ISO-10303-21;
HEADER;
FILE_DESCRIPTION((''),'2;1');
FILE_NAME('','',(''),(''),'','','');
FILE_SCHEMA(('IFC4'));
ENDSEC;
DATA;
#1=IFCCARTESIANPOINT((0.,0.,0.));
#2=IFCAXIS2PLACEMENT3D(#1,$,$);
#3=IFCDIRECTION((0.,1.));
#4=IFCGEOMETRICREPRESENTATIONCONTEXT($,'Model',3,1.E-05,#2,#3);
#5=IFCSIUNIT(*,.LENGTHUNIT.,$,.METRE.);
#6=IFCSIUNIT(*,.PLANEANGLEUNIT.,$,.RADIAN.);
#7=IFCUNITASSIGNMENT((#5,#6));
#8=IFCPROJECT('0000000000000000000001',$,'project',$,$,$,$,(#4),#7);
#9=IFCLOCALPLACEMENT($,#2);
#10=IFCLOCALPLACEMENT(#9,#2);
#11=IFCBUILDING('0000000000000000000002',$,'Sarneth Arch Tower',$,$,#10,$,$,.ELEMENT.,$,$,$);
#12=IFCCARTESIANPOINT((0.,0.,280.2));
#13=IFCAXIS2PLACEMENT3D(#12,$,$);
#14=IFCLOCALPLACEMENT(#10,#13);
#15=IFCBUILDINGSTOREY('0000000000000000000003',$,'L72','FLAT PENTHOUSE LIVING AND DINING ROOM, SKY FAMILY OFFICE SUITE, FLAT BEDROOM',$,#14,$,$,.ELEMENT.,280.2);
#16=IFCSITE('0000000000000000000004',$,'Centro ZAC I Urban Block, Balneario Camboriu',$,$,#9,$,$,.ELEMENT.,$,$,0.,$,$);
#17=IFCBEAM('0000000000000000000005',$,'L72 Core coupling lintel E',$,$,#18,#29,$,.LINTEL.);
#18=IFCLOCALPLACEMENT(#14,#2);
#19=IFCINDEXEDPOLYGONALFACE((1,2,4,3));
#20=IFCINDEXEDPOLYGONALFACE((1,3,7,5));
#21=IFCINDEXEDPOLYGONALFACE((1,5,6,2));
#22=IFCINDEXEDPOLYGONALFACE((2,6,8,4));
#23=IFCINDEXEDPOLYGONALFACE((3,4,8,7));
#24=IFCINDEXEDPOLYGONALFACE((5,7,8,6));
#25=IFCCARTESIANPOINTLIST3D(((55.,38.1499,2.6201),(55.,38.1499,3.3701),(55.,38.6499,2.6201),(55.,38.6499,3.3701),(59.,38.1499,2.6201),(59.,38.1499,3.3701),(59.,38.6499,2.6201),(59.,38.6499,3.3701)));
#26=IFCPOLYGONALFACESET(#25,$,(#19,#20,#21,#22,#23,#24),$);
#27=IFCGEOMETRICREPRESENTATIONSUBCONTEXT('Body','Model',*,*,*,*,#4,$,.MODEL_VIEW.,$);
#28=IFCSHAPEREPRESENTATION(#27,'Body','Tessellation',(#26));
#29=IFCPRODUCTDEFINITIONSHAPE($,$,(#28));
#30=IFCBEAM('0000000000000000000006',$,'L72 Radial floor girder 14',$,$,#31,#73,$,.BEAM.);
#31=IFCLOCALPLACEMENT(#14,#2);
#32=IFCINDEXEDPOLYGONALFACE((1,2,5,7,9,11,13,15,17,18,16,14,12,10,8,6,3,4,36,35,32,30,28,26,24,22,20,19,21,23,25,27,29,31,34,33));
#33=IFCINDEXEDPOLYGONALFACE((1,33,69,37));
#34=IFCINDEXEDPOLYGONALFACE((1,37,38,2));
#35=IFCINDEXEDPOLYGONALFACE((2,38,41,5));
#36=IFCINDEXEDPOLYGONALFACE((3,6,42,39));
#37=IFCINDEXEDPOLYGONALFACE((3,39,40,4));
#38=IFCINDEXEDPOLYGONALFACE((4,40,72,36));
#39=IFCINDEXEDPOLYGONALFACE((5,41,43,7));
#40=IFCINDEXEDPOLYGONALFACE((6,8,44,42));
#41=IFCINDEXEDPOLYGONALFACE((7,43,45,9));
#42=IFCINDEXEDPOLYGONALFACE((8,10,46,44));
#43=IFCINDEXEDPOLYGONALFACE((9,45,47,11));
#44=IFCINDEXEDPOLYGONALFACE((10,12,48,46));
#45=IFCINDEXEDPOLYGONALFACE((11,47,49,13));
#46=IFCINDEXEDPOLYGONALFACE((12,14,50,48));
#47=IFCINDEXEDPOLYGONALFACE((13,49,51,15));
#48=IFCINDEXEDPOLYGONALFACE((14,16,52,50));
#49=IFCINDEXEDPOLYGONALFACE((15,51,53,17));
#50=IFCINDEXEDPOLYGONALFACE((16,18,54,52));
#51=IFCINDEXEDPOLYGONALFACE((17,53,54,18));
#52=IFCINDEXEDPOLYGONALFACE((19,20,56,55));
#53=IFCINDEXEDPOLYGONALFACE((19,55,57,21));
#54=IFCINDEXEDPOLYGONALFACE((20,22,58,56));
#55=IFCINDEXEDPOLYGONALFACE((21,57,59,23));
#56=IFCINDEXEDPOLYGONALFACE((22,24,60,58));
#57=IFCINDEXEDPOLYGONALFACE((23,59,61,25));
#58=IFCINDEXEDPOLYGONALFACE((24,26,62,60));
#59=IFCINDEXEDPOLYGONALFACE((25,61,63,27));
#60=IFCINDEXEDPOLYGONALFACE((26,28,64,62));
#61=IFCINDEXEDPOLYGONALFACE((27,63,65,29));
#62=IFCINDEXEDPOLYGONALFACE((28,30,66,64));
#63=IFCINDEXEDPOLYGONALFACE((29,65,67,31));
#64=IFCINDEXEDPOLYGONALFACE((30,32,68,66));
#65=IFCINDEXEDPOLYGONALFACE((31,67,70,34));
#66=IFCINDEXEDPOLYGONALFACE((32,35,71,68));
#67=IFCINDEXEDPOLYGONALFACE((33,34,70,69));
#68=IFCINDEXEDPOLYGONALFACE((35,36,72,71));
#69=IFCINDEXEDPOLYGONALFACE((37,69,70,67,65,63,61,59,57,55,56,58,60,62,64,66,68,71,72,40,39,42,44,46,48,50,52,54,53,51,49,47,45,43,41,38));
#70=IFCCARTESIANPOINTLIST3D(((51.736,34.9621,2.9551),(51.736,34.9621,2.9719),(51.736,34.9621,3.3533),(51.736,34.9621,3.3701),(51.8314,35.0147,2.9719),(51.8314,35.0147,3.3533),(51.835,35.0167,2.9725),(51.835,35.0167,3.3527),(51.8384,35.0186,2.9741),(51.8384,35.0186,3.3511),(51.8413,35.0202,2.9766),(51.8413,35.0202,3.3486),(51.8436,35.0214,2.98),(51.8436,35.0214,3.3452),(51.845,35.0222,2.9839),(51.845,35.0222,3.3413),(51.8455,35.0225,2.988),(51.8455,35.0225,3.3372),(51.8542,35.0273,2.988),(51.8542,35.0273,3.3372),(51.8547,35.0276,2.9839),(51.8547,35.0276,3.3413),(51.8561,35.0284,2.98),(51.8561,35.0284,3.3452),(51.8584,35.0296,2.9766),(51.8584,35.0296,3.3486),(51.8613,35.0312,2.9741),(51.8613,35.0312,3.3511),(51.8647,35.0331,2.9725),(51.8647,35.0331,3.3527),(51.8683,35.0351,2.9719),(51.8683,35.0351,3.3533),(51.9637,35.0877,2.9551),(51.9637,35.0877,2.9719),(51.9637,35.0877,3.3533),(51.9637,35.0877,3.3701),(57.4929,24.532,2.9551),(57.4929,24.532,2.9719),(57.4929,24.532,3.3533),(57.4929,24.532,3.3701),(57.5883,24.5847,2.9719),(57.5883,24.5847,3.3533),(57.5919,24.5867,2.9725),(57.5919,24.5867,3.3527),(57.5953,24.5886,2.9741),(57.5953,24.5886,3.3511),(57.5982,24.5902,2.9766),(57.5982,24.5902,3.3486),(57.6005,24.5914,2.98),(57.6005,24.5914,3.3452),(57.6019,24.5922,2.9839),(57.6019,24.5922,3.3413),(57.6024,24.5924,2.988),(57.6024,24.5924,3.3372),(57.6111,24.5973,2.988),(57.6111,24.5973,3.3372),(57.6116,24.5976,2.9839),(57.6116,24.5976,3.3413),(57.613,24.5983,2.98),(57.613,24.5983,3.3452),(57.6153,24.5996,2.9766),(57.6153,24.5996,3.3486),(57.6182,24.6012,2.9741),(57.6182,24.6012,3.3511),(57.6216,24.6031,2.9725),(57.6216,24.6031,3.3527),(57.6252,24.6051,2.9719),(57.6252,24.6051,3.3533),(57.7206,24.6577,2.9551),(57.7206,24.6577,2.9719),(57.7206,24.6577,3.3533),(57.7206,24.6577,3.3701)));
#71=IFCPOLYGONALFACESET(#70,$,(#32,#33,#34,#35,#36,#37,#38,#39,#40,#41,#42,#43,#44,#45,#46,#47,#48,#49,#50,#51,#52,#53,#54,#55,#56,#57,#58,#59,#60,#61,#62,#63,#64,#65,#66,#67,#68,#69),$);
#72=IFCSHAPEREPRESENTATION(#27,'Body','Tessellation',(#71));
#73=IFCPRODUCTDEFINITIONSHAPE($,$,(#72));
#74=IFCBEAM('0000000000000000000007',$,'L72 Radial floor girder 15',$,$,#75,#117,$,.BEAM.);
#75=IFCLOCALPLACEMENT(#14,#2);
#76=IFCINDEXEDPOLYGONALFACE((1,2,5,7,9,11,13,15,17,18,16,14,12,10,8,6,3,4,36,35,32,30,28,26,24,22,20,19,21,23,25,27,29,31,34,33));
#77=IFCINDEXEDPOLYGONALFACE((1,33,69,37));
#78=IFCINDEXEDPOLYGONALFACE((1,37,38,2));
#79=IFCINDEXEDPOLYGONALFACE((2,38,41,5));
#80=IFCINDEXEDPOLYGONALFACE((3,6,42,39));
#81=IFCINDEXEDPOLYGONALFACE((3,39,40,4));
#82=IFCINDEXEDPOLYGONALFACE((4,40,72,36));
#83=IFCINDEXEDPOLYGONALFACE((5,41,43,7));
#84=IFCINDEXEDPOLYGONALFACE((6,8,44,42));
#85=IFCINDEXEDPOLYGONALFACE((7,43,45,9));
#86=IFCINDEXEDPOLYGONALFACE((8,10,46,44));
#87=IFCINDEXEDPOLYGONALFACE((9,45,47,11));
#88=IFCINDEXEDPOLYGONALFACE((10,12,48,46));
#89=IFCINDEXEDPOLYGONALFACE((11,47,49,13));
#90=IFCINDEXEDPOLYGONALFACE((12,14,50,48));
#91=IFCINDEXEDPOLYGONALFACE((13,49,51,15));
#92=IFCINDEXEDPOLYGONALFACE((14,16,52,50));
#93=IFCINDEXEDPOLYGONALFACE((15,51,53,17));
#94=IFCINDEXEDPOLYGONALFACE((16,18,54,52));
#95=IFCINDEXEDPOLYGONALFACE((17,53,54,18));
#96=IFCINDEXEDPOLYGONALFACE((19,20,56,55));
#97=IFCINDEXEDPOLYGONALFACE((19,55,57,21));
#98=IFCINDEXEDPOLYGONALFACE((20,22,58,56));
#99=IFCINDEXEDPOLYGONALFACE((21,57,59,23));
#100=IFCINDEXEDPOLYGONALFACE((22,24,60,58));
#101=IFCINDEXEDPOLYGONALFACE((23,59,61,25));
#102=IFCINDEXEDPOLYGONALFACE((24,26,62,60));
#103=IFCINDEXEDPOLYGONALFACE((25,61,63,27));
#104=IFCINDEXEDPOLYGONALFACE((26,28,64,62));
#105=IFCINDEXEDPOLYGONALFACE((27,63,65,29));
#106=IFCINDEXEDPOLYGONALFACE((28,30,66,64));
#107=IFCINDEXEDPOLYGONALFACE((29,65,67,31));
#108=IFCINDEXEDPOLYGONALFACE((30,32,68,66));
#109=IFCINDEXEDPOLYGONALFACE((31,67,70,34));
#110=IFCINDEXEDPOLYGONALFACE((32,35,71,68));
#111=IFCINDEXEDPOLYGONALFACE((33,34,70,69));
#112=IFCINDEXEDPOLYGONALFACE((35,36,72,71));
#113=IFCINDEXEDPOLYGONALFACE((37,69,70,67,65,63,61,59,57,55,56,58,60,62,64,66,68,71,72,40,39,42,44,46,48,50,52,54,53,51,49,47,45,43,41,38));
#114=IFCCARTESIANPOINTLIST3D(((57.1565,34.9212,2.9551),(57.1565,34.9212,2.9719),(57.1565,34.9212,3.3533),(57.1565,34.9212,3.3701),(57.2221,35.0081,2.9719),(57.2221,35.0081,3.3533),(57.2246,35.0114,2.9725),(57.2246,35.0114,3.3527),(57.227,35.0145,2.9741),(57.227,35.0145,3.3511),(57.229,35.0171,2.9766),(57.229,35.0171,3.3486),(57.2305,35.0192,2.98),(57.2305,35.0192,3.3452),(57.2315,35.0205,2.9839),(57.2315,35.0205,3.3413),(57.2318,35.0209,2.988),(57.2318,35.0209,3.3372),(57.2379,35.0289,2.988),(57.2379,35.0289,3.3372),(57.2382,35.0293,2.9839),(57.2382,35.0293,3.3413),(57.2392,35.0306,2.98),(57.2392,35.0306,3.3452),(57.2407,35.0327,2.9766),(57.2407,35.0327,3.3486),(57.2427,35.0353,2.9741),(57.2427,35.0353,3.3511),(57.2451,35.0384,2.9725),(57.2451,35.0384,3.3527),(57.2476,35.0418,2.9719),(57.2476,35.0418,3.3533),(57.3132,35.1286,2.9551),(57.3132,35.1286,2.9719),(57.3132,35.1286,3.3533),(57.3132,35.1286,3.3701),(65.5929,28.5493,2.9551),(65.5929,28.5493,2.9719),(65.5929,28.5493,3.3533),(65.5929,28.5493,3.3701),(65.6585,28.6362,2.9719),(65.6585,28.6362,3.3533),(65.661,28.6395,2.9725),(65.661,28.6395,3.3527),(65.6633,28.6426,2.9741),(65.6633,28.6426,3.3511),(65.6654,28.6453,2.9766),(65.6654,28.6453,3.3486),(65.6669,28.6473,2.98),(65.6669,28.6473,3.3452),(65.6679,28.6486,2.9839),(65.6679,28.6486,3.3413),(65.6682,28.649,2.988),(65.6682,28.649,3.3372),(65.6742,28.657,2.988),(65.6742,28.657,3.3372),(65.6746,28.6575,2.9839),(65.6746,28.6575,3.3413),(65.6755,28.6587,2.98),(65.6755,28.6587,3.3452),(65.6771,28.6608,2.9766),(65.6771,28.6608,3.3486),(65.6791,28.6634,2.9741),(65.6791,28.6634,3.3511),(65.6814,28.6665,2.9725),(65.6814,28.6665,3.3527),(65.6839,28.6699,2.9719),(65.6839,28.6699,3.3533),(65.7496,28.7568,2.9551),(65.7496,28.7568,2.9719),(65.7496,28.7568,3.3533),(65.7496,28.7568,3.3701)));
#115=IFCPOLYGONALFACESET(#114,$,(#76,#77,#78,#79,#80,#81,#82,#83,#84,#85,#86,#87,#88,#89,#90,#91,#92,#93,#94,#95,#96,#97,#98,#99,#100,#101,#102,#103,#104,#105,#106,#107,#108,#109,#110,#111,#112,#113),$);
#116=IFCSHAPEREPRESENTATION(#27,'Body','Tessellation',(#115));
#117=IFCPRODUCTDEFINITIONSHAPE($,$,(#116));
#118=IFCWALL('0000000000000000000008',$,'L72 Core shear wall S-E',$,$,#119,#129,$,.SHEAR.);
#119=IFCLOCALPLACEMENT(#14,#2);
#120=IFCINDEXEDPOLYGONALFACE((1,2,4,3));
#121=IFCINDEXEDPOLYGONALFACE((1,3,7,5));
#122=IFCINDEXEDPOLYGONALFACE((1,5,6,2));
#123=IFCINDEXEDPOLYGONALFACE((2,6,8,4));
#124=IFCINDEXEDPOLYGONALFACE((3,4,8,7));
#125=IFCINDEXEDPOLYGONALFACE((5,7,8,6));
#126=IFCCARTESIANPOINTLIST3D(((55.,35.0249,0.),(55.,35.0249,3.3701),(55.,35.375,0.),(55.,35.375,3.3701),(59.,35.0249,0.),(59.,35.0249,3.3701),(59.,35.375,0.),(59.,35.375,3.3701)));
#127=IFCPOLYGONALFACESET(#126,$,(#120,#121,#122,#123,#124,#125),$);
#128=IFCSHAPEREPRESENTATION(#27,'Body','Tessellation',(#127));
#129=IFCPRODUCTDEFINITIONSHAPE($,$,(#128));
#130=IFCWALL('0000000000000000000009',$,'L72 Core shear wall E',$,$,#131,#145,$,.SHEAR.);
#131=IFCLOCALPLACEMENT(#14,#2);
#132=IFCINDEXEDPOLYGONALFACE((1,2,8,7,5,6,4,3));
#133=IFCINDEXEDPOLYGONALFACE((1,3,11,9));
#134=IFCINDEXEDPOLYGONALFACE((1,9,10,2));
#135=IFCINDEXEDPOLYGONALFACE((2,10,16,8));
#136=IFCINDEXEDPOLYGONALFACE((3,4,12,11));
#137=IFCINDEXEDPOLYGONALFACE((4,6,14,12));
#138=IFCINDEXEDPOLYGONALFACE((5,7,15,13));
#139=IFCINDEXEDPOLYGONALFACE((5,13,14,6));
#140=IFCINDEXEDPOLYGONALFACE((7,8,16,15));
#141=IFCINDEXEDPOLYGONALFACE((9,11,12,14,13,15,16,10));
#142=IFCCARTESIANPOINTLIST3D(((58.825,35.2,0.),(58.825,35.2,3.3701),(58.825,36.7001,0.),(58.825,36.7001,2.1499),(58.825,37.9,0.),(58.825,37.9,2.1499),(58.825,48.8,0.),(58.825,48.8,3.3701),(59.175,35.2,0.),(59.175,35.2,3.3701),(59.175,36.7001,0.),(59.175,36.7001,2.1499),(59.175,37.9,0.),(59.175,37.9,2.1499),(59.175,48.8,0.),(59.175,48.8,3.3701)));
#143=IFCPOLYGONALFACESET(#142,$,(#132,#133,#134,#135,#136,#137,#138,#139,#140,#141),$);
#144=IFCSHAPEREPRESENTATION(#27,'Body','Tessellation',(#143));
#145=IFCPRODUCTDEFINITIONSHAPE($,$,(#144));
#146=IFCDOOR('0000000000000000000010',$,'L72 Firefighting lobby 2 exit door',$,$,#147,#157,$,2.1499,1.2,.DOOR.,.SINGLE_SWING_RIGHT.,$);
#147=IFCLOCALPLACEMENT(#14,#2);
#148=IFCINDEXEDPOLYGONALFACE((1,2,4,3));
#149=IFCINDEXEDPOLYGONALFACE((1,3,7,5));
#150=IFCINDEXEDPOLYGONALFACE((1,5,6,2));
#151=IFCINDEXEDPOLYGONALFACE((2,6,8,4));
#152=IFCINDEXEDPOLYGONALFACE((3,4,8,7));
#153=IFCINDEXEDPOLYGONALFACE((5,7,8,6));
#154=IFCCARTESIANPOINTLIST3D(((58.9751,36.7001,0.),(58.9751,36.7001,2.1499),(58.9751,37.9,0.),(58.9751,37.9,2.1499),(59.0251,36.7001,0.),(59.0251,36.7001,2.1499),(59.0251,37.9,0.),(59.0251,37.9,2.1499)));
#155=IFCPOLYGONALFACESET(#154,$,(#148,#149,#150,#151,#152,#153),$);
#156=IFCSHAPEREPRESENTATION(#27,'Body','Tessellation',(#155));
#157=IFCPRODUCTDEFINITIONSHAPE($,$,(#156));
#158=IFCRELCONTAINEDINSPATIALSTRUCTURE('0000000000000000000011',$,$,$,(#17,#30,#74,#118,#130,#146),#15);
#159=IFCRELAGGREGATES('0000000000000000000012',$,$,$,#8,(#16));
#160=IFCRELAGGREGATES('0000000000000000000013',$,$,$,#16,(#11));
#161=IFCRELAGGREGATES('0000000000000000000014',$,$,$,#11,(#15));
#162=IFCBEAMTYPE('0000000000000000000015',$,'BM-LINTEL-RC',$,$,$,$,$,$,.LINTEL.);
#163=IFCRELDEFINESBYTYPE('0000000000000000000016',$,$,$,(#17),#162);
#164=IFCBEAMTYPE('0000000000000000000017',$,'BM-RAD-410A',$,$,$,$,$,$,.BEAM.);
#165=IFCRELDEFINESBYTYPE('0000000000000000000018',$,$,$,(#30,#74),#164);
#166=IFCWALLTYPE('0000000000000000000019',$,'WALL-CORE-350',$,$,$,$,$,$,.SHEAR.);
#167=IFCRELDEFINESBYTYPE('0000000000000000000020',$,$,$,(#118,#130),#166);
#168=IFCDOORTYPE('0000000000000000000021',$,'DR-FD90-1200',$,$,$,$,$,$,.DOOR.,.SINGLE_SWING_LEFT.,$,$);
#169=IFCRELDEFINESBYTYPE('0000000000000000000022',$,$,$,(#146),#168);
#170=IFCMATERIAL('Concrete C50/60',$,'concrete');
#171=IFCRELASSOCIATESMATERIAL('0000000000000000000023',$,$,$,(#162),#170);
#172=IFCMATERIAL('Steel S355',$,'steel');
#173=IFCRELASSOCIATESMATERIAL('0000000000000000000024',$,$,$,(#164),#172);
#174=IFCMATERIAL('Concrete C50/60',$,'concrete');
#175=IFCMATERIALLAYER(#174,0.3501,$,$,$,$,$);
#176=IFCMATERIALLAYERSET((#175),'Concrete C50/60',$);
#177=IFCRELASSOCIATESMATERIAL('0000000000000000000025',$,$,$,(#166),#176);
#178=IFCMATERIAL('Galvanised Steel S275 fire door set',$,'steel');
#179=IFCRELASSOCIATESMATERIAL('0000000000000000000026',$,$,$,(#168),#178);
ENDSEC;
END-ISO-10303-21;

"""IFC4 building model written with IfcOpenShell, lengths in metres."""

from ifc_helpers import new_model, si_unit, direction, frame, frame_2d, origin, origin_2d, place, context, subcontext, project, spatial, rectangle, i_section, extrude, material, layer, layer_set, material_profile, profile_set, type_object, element, fill, save


model = new_model("IFC4")

# Units and contexts
model_context = context("Model", 3, precision=1e-05, world=origin(), true_north=direction((0.0, 1.0)))
body_context = subcontext(model_context, "Body", "Model", "MODEL_VIEW")
ifc_project = project(units=[si_unit("LENGTHUNIT", "METRE"), si_unit("PLANEANGLEUNIT", "RADIAN")], contexts=[model_context])

# Site, building, storey
site_placement = place(None, origin())
site = spatial("IfcSite", under=ifc_project, at=site_placement, Name="Centro ZAC I Urban Block, Balneario Camboriu", CompositionType="ELEMENT", RefElevation=0.0)
building_placement = place(site_placement, origin())
building = spatial("IfcBuilding", under=site, at=building_placement, Name="Sarneth Arch Tower", CompositionType="ELEMENT")
storey_placement = place(building_placement, frame((0.0, 0.0, 280.2)))
storey = spatial("IfcBuildingStorey", under=building, at=storey_placement, Name="L72", Description="FLAT PENTHOUSE LIVING AND DINING ROOM, SKY FAMILY OFFICE SUITE, FLAT BEDROOM", CompositionType="ELEMENT", Elevation=280.2)

# Beams
ifc_material_1 = material(Name="Concrete C50/60", Category="concrete")
ifc_material_profile_1 = material_profile(ifc_material_1, rectangle(XDim=0.5, YDim=0.75, at=origin_2d()), Name="RC-500x750")
ifc_profile_set_1 = profile_set([ifc_material_profile_1], Name="Concrete C50/60")
beam_type_1 = type_object("IfcBeamType", Name="BM-LINTEL-RC", PredefinedType="LINTEL", material=ifc_profile_set_1)
beam_1_placement = place(storey_placement, frame((55.0, 38.3999, 2.9951), z_axis=(1.0, 0.0, 0.0), x_axis=(0.0, 1.0, 0.0)))
element("IfcBeam", 1, at=beam_1_placement, inside=storey, type_object=beam_type_1, Name="L72 Core coupling lintel E", PredefinedType="LINTEL", context=body_context, shape_type="SweptSolid", body=[
    extrude(rectangle(XDim=0.5, YDim=0.75, at=origin_2d()), origin(), (0.0, 0.0, 1.0), 4.0),
])
ifc_material_2 = material(Name="Steel S355", Category="steel")
ifc_material_profile_2 = material_profile(ifc_material_2, i_section(OverallWidth=0.26, OverallDepth=0.415, WebThickness=0.01, FlangeThickness=0.0168, FilletRadius=0.0161, at=origin_2d()), Name="W410x100")
ifc_profile_set_2 = profile_set([ifc_material_profile_2], Name="Steel S355")
beam_type_2 = type_object("IfcBeamType", Name="BM-RAD-410A", PredefinedType="BEAM", material=ifc_profile_set_2)
beam_2_placement = place(storey_placement, frame((51.8499, 35.0249, 3.1626), z_axis=(0.483231, -0.875493, 0.0), x_axis=(0.875493, 0.483231, 0.0)))
element("IfcBeam", 2, at=beam_2_placement, inside=storey, type_object=beam_type_2, Name="L72 Radial floor girder 14", PredefinedType="BEAM", context=body_context, shape_type="SweptSolid", body=[
    extrude(i_section(OverallWidth=0.26, OverallDepth=0.415, WebThickness=0.01, FlangeThickness=0.0168, FilletRadius=0.0161, at=origin_2d()), origin(), (0.0, 0.0, 1.0), 11.9133),
])
beam_3_placement = place(storey_placement, frame((57.2349, 35.0249, 3.1626), z_axis=(0.79797, -0.602698, 0.0), x_axis=(0.602698, 0.79797, 0.0)))
element("IfcBeam", 3, at=beam_3_placement, inside=storey, type_object=beam_type_2, Name="L72 Radial floor girder 15", PredefinedType="BEAM", context=body_context, shape_type="SweptSolid", body=[
    extrude(i_section(OverallWidth=0.26, OverallDepth=0.415, WebThickness=0.01, FlangeThickness=0.0168, FilletRadius=0.0161, at=origin_2d()), origin(), (0.0, 0.0, 1.0), 10.5723),
])

# Wall
ifc_material_3 = material(Name="Concrete C50/60", Category="concrete")
ifc_layer_1 = layer(ifc_material_3, 0.3501)
ifc_layer_set_1 = layer_set([ifc_layer_1], Name="Concrete C50/60")
wall_type_1 = type_object("IfcWallType", Name="WALL-CORE-350", PredefinedType="SHEAR", material=ifc_layer_set_1)
wall_1_placement = place(storey_placement, frame((55.0, 35.2, 0.0), z_axis=(0.0, 0.0, 1.0), x_axis=(1.0, 0.0, 0.0)))
element("IfcWall", 4, at=wall_1_placement, inside=storey, type_object=wall_type_1, Name="L72 Core shear wall S-E", PredefinedType="SHEAR", context=body_context, shape_type="SweptSolid", body=[
    extrude(rectangle(XDim=4.0, YDim=0.3501, at=frame_2d((2.0, 0.0))), origin(), (0.0, 0.0, 1.0), 3.3701),
])

# Wall, opening, door
wall_2_placement = place(storey_placement, frame((59.0, 35.2, 0.0), z_axis=(0.0, 0.0, 1.0), x_axis=(0.0, 1.0, 0.0)))
wall_2 = element("IfcWall", 5, at=wall_2_placement, inside=storey, type_object=wall_type_1, Name="L72 Core shear wall E", PredefinedType="SHEAR", context=body_context, shape_type="SweptSolid", body=[
    extrude(rectangle(XDim=13.6001, YDim=0.3501, at=frame_2d((6.8, 0.0))), origin(), (0.0, 0.0, 1.0), 3.3701),
])
opening_1_placement = place(wall_2_placement, frame((1.5, 0.0, 0.0)))
opening_1 = element("IfcOpeningElement", 6, at=opening_1_placement, cuts=wall_2, PredefinedType="OPENING", context=body_context, shape_type="SweptSolid", body=[
    extrude(rectangle(XDim=1.2, YDim=2.1499, at=frame_2d((0.6001, 1.075))), frame((0.0, 0.1851, 0.0), z_axis=(0.0, -1.0, 0.0), x_axis=(1.0, 0.0, 0.0)), (0.0, 0.0, 1.0), 0.3701),
])
ifc_material_4 = material(Name="Galvanised Steel S275 fire door set", Category="steel")
door_type_1 = type_object("IfcDoorType", Name="DR-FD90-1200", OperationType="SINGLE_SWING_LEFT", PredefinedType="DOOR", material=ifc_material_4)
door_1_placement = place(opening_1_placement, origin())
door_1 = element("IfcDoor", 7, at=door_1_placement, inside=storey, type_object=door_type_1, Name="L72 Firefighting lobby 2 exit door", OperationType="SINGLE_SWING_RIGHT", OverallHeight=2.1499, OverallWidth=1.2, PredefinedType="DOOR", context=body_context, shape_type="SweptSolid", body=[
    extrude(rectangle(XDim=1.2, YDim=2.1499, at=frame_2d((0.6001, 1.075))), frame((0.0, 0.0249, 0.0), z_axis=(0.0, -1.0, 0.0), x_axis=(1.0, 0.0, 0.0)), (0.0, 0.0, 1.0), 0.05),
])
fill(opening_1, door_1)

save(model, "model.ifc")
